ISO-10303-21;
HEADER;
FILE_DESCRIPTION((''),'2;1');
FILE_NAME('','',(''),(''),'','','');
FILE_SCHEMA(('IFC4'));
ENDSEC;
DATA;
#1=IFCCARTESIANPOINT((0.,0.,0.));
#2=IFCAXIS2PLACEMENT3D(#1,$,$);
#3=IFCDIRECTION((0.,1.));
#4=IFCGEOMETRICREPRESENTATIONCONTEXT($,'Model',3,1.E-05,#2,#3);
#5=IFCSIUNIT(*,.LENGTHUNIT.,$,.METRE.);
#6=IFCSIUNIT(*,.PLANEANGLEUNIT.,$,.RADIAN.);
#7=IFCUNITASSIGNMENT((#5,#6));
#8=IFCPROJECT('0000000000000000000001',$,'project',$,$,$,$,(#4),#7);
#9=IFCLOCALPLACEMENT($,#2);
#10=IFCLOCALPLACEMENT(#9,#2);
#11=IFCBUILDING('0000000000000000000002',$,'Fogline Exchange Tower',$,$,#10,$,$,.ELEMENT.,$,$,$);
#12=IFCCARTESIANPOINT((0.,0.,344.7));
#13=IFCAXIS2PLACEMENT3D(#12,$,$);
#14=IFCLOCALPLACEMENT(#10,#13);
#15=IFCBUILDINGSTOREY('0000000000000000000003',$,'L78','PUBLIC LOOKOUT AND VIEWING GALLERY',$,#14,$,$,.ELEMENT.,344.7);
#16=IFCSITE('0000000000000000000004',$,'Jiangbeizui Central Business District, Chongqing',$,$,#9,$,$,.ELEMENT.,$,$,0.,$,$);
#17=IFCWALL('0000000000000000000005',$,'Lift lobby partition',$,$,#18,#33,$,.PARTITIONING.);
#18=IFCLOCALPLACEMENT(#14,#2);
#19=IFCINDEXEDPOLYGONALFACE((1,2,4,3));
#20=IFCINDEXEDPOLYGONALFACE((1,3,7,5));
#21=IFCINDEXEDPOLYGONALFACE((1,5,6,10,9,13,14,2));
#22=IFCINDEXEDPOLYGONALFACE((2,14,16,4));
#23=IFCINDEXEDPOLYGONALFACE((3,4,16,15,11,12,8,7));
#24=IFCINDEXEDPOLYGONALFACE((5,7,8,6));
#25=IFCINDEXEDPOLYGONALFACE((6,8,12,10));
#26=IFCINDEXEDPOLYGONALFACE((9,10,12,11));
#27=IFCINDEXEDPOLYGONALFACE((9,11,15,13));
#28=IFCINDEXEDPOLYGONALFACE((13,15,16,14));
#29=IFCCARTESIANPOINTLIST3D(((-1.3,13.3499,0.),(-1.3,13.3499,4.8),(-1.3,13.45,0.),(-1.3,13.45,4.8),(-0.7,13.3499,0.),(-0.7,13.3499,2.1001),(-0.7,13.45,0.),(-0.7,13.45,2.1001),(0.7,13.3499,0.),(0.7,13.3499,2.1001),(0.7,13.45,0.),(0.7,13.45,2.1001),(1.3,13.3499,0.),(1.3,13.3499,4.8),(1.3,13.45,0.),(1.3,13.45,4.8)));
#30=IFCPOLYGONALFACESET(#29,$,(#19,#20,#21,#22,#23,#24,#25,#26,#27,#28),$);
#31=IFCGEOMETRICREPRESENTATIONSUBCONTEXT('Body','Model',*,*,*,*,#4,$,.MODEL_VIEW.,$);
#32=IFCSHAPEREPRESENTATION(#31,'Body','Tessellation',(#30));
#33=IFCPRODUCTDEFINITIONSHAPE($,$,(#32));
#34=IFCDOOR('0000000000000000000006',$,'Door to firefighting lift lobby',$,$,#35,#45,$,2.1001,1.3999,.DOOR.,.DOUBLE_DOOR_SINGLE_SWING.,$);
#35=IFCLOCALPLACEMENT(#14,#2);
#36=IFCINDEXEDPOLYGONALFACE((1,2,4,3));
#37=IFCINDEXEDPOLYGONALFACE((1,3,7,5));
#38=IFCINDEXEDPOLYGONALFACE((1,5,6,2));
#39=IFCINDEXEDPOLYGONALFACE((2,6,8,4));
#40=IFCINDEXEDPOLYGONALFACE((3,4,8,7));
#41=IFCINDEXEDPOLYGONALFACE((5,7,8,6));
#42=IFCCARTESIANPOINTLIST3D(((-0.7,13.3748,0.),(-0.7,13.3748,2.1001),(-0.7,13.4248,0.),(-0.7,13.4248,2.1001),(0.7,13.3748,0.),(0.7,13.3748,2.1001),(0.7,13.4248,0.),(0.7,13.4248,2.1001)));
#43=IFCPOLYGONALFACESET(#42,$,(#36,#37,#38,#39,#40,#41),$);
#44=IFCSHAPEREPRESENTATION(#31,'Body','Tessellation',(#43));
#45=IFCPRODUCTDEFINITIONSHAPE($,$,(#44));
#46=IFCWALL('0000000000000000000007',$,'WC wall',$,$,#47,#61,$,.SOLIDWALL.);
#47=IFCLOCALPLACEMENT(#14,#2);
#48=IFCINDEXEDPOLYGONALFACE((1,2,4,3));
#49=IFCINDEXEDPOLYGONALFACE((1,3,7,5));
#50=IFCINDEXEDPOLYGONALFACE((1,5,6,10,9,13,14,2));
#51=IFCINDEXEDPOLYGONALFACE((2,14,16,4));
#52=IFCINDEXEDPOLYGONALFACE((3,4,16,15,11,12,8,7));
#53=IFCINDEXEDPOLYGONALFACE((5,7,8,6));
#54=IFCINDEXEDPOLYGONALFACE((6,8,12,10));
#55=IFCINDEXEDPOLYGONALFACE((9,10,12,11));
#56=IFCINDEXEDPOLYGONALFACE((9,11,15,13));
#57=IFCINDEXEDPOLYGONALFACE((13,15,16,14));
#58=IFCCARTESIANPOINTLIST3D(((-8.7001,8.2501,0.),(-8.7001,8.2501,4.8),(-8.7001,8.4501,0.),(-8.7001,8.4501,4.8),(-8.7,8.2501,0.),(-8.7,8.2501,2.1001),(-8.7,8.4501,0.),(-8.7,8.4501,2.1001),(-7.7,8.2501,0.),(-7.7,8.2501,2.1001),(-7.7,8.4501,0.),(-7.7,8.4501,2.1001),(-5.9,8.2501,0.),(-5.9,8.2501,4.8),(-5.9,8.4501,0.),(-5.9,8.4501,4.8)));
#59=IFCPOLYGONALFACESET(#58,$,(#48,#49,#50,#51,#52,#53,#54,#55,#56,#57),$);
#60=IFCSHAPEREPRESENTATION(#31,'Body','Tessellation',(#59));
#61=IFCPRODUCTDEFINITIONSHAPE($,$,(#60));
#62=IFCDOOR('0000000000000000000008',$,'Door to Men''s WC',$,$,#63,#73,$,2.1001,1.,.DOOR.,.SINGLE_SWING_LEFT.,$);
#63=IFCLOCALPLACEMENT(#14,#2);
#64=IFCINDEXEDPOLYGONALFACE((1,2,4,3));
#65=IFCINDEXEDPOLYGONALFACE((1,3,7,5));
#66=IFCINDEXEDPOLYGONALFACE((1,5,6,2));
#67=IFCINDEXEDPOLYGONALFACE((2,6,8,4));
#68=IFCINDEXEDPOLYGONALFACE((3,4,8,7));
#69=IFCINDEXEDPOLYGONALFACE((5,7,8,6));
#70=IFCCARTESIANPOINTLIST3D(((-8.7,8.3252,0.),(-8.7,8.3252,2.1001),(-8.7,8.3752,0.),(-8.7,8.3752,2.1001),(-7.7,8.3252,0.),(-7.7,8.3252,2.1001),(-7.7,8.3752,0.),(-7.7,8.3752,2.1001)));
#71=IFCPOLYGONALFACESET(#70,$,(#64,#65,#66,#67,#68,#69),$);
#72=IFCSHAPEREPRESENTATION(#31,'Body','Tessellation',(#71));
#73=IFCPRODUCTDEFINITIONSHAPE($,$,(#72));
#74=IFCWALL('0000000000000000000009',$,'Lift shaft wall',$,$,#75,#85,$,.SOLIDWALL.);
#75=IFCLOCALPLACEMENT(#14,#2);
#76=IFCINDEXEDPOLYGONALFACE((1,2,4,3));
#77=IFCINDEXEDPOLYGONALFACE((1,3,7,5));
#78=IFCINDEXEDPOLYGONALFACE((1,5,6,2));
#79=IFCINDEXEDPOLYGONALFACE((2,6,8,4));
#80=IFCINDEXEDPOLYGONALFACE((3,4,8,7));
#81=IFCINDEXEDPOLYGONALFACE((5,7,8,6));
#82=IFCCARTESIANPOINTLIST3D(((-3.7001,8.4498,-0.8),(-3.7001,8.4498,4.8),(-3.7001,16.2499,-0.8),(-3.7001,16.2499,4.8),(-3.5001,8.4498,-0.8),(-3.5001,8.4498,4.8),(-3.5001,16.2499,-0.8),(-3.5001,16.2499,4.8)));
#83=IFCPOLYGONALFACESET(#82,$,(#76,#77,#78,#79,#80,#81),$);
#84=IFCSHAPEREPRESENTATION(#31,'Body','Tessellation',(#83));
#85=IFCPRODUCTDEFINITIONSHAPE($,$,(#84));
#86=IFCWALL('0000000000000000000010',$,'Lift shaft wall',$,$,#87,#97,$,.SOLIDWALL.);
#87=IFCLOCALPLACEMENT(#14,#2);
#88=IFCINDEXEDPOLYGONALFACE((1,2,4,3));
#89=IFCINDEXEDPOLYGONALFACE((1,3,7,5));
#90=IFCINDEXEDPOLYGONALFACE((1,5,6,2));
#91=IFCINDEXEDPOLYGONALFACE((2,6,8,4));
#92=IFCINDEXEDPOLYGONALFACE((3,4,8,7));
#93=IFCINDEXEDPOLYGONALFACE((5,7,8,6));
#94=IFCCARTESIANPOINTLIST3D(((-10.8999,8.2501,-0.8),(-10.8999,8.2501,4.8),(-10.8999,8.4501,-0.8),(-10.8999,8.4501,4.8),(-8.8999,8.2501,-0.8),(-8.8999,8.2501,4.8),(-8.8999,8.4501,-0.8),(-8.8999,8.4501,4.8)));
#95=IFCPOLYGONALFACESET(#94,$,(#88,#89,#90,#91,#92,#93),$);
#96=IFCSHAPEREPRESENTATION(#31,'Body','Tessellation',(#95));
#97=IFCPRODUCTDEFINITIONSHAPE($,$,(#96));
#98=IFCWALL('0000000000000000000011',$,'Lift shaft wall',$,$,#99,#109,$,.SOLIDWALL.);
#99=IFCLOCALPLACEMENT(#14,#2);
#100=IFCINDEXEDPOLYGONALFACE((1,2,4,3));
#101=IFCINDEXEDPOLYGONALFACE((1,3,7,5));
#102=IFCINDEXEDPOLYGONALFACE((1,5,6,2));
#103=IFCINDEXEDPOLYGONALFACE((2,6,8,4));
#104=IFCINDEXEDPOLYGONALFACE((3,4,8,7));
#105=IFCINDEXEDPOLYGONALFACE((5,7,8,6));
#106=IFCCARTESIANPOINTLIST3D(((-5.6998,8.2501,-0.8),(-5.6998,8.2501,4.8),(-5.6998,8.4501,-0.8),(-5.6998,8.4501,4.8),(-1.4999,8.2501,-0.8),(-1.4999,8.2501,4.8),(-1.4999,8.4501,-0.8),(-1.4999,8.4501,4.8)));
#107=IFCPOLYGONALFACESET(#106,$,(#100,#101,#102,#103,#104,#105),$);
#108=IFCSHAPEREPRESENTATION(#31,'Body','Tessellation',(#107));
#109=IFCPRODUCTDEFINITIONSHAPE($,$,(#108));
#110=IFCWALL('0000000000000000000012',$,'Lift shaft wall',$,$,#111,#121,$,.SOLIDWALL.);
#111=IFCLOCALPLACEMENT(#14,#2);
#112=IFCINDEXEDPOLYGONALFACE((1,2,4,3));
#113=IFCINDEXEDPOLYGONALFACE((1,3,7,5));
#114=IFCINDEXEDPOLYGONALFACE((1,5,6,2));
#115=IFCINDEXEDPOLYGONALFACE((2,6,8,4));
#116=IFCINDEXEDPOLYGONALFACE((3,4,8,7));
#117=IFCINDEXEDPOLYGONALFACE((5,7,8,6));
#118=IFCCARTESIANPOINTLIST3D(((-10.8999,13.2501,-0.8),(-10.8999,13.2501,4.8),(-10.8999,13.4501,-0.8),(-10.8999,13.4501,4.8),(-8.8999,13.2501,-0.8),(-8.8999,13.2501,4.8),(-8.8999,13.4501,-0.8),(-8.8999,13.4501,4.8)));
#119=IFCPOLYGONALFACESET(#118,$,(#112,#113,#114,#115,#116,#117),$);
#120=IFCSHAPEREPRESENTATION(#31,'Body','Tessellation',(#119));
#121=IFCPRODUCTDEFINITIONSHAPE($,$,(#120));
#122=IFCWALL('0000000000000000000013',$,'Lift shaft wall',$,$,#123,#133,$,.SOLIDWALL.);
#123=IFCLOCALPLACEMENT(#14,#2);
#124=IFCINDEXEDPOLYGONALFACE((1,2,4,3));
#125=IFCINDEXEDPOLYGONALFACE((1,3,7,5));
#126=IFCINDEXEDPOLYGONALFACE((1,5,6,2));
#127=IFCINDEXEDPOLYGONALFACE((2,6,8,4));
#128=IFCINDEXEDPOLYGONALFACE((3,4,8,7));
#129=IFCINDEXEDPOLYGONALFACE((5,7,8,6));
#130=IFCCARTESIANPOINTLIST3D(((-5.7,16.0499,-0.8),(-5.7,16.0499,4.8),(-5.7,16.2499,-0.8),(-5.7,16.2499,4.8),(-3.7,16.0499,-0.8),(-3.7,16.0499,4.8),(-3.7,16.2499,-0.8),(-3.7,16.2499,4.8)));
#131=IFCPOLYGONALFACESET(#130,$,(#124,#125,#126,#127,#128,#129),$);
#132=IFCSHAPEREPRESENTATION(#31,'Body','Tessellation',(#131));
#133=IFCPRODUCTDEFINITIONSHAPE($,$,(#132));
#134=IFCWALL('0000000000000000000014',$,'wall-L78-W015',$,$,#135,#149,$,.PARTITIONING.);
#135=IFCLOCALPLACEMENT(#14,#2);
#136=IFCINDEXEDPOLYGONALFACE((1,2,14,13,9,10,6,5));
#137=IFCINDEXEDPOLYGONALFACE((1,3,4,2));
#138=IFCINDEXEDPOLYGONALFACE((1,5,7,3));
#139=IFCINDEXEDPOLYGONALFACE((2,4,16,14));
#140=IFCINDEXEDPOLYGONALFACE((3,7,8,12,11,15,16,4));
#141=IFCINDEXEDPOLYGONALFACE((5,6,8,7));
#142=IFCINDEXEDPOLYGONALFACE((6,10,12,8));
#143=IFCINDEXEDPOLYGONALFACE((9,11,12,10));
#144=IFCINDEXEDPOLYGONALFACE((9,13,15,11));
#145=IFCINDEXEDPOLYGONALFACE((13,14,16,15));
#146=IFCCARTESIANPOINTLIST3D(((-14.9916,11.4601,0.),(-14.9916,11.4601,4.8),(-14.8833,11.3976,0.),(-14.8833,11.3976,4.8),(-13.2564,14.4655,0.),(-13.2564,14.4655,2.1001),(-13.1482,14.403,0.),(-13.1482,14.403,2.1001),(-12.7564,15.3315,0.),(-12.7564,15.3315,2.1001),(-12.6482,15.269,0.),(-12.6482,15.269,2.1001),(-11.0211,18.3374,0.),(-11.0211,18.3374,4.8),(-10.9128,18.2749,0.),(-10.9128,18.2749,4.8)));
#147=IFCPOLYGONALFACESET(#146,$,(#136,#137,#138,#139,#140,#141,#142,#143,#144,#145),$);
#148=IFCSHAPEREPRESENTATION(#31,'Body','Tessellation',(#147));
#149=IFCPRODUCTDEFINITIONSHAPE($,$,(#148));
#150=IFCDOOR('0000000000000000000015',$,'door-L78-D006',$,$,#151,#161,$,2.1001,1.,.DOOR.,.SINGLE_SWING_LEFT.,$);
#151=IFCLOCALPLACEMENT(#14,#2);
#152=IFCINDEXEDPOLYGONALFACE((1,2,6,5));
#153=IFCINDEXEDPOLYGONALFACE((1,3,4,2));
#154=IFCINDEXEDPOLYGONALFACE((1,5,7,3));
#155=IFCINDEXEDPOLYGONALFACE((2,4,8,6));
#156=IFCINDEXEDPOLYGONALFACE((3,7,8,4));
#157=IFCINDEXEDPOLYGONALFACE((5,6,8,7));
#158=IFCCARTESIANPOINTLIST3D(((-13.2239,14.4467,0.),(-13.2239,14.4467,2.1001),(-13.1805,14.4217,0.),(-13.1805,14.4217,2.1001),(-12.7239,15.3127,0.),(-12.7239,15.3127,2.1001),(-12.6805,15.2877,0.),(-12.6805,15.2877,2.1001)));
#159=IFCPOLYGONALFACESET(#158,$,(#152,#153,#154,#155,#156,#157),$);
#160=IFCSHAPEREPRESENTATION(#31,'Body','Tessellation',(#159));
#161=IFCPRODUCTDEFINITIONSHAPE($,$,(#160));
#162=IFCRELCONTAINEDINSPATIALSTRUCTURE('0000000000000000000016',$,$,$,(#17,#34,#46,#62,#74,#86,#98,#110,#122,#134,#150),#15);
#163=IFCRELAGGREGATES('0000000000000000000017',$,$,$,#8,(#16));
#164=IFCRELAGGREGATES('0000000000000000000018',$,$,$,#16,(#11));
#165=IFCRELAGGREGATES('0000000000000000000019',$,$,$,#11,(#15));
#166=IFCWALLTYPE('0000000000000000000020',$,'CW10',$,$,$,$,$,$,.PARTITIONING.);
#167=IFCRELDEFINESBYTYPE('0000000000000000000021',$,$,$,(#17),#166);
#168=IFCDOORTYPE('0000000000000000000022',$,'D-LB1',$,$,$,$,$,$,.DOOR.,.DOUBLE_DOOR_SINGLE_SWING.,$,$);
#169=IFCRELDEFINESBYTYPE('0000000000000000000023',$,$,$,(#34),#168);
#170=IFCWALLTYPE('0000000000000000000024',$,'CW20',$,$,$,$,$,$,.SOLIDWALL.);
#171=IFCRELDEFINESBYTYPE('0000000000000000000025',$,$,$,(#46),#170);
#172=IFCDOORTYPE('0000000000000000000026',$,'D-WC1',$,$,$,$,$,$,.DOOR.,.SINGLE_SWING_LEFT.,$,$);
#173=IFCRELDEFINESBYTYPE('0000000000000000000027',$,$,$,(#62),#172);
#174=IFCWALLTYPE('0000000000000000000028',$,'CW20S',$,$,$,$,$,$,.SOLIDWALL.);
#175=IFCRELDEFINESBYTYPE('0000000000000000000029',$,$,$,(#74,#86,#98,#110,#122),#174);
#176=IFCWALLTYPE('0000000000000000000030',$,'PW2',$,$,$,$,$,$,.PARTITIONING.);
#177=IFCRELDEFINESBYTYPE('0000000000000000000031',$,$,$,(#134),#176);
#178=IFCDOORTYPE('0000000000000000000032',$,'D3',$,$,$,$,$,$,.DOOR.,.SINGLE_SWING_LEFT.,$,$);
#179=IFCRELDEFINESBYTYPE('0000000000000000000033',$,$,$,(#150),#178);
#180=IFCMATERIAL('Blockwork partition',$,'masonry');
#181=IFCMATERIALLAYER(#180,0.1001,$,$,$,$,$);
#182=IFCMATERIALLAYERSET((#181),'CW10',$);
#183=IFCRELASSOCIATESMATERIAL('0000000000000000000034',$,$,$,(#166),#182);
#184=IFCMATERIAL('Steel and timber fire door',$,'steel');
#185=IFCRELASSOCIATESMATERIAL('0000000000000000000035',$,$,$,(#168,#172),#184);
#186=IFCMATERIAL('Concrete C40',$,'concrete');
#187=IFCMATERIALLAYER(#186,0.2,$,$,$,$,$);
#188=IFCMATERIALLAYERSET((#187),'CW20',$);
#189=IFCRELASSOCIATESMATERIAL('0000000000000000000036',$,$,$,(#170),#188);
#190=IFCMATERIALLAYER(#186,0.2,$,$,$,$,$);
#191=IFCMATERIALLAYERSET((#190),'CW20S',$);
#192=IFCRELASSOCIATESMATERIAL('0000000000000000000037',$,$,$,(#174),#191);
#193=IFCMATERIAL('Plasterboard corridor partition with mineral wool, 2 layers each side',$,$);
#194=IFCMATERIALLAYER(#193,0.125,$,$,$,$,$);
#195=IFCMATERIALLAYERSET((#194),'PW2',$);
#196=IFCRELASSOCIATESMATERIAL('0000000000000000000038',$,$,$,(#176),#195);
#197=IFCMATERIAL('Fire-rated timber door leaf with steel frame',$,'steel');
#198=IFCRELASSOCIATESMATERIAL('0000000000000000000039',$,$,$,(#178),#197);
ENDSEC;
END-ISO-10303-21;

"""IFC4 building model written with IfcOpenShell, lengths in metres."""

from ifc_helpers import new_model, si_unit, direction, frame, frame_2d, origin, place, context, subcontext, project, spatial, rectangle, extrude, material, layer, layer_set, type_object, element, fill, save


model = new_model("IFC4")

# Units and contexts
model_context = context("Model", 3, precision=1e-05, world=origin(), true_north=direction((0.0, 1.0)))
body_context = subcontext(model_context, "Body", "Model", "MODEL_VIEW")
ifc_project = project(units=[si_unit("LENGTHUNIT", "METRE"), si_unit("PLANEANGLEUNIT", "RADIAN")], contexts=[model_context])

# Site, building, storey
site_placement = place(None, origin())
site = spatial("IfcSite", under=ifc_project, at=site_placement, Name="Jiangbeizui Central Business District, Chongqing", CompositionType="ELEMENT", RefElevation=0.0)
building_placement = place(site_placement, origin())
building = spatial("IfcBuilding", under=site, at=building_placement, Name="Fogline Exchange Tower", CompositionType="ELEMENT")
storey_placement = place(building_placement, frame((0.0, 0.0, 344.7)))
storey = spatial("IfcBuildingStorey", under=building, at=storey_placement, Name="L78", Description="PUBLIC LOOKOUT AND VIEWING GALLERY", CompositionType="ELEMENT", Elevation=344.7)

# Walls, openings, doors
ifc_material_1 = material(Name="Blockwork partition", Category="masonry")
ifc_layer_1 = layer(ifc_material_1, 0.1001)
ifc_layer_set_1 = layer_set([ifc_layer_1], Name="CW10")
wall_type_1 = type_object("IfcWallType", Name="CW10", PredefinedType="PARTITIONING", material=ifc_layer_set_1)
ifc_material_2 = material(Name="Steel and timber fire door", Category="steel")
door_type_1 = type_object("IfcDoorType", Name="D-LB1", OperationType="DOUBLE_DOOR_SINGLE_SWING", PredefinedType="DOOR", material=ifc_material_2)
wall_1_placement = place(storey_placement, frame((-1.3, 13.3999, 0.0), z_axis=(0.0, 0.0, 1.0), x_axis=(1.0, 0.0, 0.0)))
wall_1 = element("IfcWall", 1, at=wall_1_placement, inside=storey, type_object=wall_type_1, Name="Lift lobby partition", PredefinedType="PARTITIONING", context=body_context, shape_type="SweptSolid", body=[
    extrude(rectangle(XDim=2.6001, YDim=0.1001, at=frame_2d((1.3, 0.0))), origin(), (0.0, 0.0, 1.0), 4.8),
])
opening_1_placement = place(wall_1_placement, frame((0.6001, 0.0, 0.0)))
opening_1 = element("IfcOpeningElement", 2, at=opening_1_placement, cuts=wall_1, PredefinedType="OPENING", context=body_context, shape_type="SweptSolid", body=[
    extrude(rectangle(XDim=1.3999, YDim=2.1001, at=frame_2d((0.7, 1.05))), frame((0.0, 0.0601, 0.0), z_axis=(0.0, -1.0, 0.0), x_axis=(1.0, 0.0, 0.0)), (0.0, 0.0, 1.0), 0.1201),
])
door_1_placement = place(opening_1_placement, origin())
door_1 = element("IfcDoor", 3, at=door_1_placement, inside=storey, type_object=door_type_1, Name="Door to firefighting lift lobby", OperationType="DOUBLE_DOOR_SINGLE_SWING", OverallHeight=2.1001, OverallWidth=1.3999, PredefinedType="DOOR", context=body_context, shape_type="SweptSolid", body=[
    extrude(rectangle(XDim=1.3999, YDim=2.1001, at=frame_2d((0.7, 1.05))), frame((0.0, 0.0249, 0.0), z_axis=(0.0, -1.0, 0.0), x_axis=(1.0, 0.0, 0.0)), (0.0, 0.0, 1.0), 0.05),
])
fill(opening_1, door_1)
ifc_material_3 = material(Name="Concrete C40", Category="concrete")
ifc_layer_2 = layer(ifc_material_3, 0.2)
ifc_layer_set_2 = layer_set([ifc_layer_2], Name="CW20")
wall_type_2 = type_object("IfcWallType", Name="CW20", PredefinedType="SOLIDWALL", material=ifc_layer_set_2)
wall_2_placement = place(storey_placement, frame((-8.7, 8.3501, 0.0), z_axis=(0.0, 0.0, 1.0), x_axis=(1.0, 0.0, 0.0)))
wall_2 = element("IfcWall", 4, at=wall_2_placement, inside=storey, type_object=wall_type_2, Name="WC wall", PredefinedType="SOLIDWALL", context=body_context, shape_type="SweptSolid", body=[
    extrude(rectangle(XDim=2.8, YDim=0.2, at=frame_2d((1.3999, 0.0))), origin(), (0.0, 0.0, 1.0), 4.8),
])
opening_2_placement = place(wall_2_placement, origin())
opening_2 = element("IfcOpeningElement", 5, at=opening_2_placement, cuts=wall_2, PredefinedType="OPENING", context=body_context, shape_type="SweptSolid", body=[
    extrude(rectangle(XDim=1.0, YDim=2.1001, at=frame_2d((0.5, 1.05))), frame((0.0, 0.1099, 0.0), z_axis=(0.0, -1.0, 0.0), x_axis=(1.0, 0.0, 0.0)), (0.0, 0.0, 1.0), 0.22),
])
door_type_2 = type_object("IfcDoorType", Name="D-WC1", OperationType="SINGLE_SWING_LEFT", PredefinedType="DOOR", material=ifc_material_2)
door_2_placement = place(opening_2_placement, frame((1.0, 0.0, 0.0), z_axis=(0.0, 0.0, 1.0), x_axis=(-1.0, 0.0, 0.0)))
door_2 = element("IfcDoor", 6, at=door_2_placement, inside=storey, type_object=door_type_2, Name="Door to Men's WC", OperationType="SINGLE_SWING_LEFT", OverallHeight=2.1001, OverallWidth=1.0, PredefinedType="DOOR", context=body_context, shape_type="SweptSolid", body=[
    extrude(rectangle(XDim=1.0, YDim=2.1001, at=frame_2d((0.5, 1.05))), frame((0.0, 0.0249, 0.0), z_axis=(0.0, -1.0, 0.0), x_axis=(1.0, 0.0, 0.0)), (0.0, 0.0, 1.0), 0.05),
])
fill(opening_2, door_2)

# Walls
ifc_layer_3 = layer(ifc_material_3, 0.2)
ifc_layer_set_3 = layer_set([ifc_layer_3], Name="CW20S")
wall_type_3 = type_object("IfcWallType", Name="CW20S", PredefinedType="SOLIDWALL", material=ifc_layer_set_3)
wall_3_placement = place(storey_placement, frame((-3.6001, 8.45, -0.8), z_axis=(0.0, 0.0, 1.0), x_axis=(0.0, 1.0, 0.0)))
element("IfcWall", 7, at=wall_3_placement, inside=storey, type_object=wall_type_3, Name="Lift shaft wall", PredefinedType="SOLIDWALL", context=body_context, shape_type="SweptSolid", body=[
    extrude(rectangle(XDim=7.8, YDim=0.2, at=frame_2d((3.8999, 0.0))), origin(), (0.0, 0.0, 1.0), 5.6001),
])
wall_4_placement = place(storey_placement, frame((-10.8999, 8.3501, -0.8), z_axis=(0.0, 0.0, 1.0), x_axis=(1.0, 0.0, 0.0)))
element("IfcWall", 8, at=wall_4_placement, inside=storey, type_object=wall_type_3, Name="Lift shaft wall", PredefinedType="SOLIDWALL", context=body_context, shape_type="SweptSolid", body=[
    extrude(rectangle(XDim=2.0, YDim=0.2, at=frame_2d((1.0, 0.0))), origin(), (0.0, 0.0, 1.0), 5.6001),
])
wall_5_placement = place(storey_placement, frame((-5.7, 8.3501, -0.8), z_axis=(0.0, 0.0, 1.0), x_axis=(1.0, 0.0, 0.0)))
element("IfcWall", 9, at=wall_5_placement, inside=storey, type_object=wall_type_3, Name="Lift shaft wall", PredefinedType="SOLIDWALL", context=body_context, shape_type="SweptSolid", body=[
    extrude(rectangle(XDim=4.2, YDim=0.2, at=frame_2d((2.1001, 0.0))), origin(), (0.0, 0.0, 1.0), 5.6001),
])
for number, where, z_axis, x_axis, name in (
    (10, (-10.8999, 13.3501, -0.8), (0.0, 0.0, 1.0), (1.0, 0.0, 0.0), "Lift shaft wall"),
    (11, (-5.7, 16.1499, -0.8), (0.0, 0.0, 1.0), (1.0, 0.0, 0.0), "Lift shaft wall"),
):
    element("IfcWall", number, at=place(storey_placement, frame(where, z_axis=z_axis, x_axis=x_axis)), inside=storey, type_object=wall_type_3, Name=name, PredefinedType="SOLIDWALL", context=body_context, shape_type="SweptSolid", body=[
        extrude(rectangle(XDim=2.0, YDim=0.2, at=frame_2d((1.0, 0.0))), origin(), (0.0, 0.0, 1.0), 5.6001),
    ])

# Wall, opening, door
ifc_material_4 = material(Name="Plasterboard corridor partition with mineral wool, 2 layers each side")
ifc_layer_4 = layer(ifc_material_4, 0.125)
ifc_layer_set_4 = layer_set([ifc_layer_4], Name="PW2")
wall_type_4 = type_object("IfcWallType", Name="PW2", PredefinedType="PARTITIONING", material=ifc_layer_set_4)
wall_6_placement = place(storey_placement, frame((-14.9375, 11.4287, 0.0), z_axis=(0.0, 0.0, 1.0), x_axis=(0.499991, 0.86603, 0.0)))
wall_6 = element("IfcWall", 12, at=wall_6_placement, inside=storey, type_object=wall_type_4, Name="wall-L78-W015", PredefinedType="PARTITIONING", context=body_context, shape_type="SweptSolid", body=[
    extrude(rectangle(XDim=7.9412, YDim=0.125, at=frame_2d((3.9707, 0.0))), origin(), (0.0, 0.0, 1.0), 4.8),
])
opening_3_placement = place(wall_6_placement, frame((3.4705, 0.0, 0.0)))
opening_3 = element("IfcOpeningElement", 13, at=opening_3_placement, cuts=wall_6, PredefinedType="OPENING", context=body_context, shape_type="SweptSolid", body=[
    extrude(rectangle(XDim=1.0, YDim=2.1001, at=frame_2d((0.5, 1.05))), frame((0.0, 0.0725, 0.0), z_axis=(0.0, -1.0, 0.0), x_axis=(1.0, 0.0, 0.0)), (0.0, 0.0, 1.0), 0.145),
])
ifc_material_5 = material(Name="Fire-rated timber door leaf with steel frame", Category="steel")
door_type_3 = type_object("IfcDoorType", Name="D3", OperationType="SINGLE_SWING_LEFT", PredefinedType="DOOR", material=ifc_material_5)
door_3_placement = place(opening_3_placement, origin())
door_3 = element("IfcDoor", 14, at=door_3_placement, inside=storey, type_object=door_type_3, Name="door-L78-D006", OperationType="SINGLE_SWING_LEFT", OverallHeight=2.1001, OverallWidth=1.0, PredefinedType="DOOR", context=body_context, shape_type="SweptSolid", body=[
    extrude(rectangle(XDim=1.0, YDim=2.1001, at=frame_2d((0.5, 1.05))), frame((0.0, 0.0249, 0.0), z_axis=(0.0, -1.0, 0.0), x_axis=(1.0, 0.0, 0.0)), (0.0, 0.0, 1.0), 0.05),
])
fill(opening_3, door_3)

save(model, "model.ifc")
